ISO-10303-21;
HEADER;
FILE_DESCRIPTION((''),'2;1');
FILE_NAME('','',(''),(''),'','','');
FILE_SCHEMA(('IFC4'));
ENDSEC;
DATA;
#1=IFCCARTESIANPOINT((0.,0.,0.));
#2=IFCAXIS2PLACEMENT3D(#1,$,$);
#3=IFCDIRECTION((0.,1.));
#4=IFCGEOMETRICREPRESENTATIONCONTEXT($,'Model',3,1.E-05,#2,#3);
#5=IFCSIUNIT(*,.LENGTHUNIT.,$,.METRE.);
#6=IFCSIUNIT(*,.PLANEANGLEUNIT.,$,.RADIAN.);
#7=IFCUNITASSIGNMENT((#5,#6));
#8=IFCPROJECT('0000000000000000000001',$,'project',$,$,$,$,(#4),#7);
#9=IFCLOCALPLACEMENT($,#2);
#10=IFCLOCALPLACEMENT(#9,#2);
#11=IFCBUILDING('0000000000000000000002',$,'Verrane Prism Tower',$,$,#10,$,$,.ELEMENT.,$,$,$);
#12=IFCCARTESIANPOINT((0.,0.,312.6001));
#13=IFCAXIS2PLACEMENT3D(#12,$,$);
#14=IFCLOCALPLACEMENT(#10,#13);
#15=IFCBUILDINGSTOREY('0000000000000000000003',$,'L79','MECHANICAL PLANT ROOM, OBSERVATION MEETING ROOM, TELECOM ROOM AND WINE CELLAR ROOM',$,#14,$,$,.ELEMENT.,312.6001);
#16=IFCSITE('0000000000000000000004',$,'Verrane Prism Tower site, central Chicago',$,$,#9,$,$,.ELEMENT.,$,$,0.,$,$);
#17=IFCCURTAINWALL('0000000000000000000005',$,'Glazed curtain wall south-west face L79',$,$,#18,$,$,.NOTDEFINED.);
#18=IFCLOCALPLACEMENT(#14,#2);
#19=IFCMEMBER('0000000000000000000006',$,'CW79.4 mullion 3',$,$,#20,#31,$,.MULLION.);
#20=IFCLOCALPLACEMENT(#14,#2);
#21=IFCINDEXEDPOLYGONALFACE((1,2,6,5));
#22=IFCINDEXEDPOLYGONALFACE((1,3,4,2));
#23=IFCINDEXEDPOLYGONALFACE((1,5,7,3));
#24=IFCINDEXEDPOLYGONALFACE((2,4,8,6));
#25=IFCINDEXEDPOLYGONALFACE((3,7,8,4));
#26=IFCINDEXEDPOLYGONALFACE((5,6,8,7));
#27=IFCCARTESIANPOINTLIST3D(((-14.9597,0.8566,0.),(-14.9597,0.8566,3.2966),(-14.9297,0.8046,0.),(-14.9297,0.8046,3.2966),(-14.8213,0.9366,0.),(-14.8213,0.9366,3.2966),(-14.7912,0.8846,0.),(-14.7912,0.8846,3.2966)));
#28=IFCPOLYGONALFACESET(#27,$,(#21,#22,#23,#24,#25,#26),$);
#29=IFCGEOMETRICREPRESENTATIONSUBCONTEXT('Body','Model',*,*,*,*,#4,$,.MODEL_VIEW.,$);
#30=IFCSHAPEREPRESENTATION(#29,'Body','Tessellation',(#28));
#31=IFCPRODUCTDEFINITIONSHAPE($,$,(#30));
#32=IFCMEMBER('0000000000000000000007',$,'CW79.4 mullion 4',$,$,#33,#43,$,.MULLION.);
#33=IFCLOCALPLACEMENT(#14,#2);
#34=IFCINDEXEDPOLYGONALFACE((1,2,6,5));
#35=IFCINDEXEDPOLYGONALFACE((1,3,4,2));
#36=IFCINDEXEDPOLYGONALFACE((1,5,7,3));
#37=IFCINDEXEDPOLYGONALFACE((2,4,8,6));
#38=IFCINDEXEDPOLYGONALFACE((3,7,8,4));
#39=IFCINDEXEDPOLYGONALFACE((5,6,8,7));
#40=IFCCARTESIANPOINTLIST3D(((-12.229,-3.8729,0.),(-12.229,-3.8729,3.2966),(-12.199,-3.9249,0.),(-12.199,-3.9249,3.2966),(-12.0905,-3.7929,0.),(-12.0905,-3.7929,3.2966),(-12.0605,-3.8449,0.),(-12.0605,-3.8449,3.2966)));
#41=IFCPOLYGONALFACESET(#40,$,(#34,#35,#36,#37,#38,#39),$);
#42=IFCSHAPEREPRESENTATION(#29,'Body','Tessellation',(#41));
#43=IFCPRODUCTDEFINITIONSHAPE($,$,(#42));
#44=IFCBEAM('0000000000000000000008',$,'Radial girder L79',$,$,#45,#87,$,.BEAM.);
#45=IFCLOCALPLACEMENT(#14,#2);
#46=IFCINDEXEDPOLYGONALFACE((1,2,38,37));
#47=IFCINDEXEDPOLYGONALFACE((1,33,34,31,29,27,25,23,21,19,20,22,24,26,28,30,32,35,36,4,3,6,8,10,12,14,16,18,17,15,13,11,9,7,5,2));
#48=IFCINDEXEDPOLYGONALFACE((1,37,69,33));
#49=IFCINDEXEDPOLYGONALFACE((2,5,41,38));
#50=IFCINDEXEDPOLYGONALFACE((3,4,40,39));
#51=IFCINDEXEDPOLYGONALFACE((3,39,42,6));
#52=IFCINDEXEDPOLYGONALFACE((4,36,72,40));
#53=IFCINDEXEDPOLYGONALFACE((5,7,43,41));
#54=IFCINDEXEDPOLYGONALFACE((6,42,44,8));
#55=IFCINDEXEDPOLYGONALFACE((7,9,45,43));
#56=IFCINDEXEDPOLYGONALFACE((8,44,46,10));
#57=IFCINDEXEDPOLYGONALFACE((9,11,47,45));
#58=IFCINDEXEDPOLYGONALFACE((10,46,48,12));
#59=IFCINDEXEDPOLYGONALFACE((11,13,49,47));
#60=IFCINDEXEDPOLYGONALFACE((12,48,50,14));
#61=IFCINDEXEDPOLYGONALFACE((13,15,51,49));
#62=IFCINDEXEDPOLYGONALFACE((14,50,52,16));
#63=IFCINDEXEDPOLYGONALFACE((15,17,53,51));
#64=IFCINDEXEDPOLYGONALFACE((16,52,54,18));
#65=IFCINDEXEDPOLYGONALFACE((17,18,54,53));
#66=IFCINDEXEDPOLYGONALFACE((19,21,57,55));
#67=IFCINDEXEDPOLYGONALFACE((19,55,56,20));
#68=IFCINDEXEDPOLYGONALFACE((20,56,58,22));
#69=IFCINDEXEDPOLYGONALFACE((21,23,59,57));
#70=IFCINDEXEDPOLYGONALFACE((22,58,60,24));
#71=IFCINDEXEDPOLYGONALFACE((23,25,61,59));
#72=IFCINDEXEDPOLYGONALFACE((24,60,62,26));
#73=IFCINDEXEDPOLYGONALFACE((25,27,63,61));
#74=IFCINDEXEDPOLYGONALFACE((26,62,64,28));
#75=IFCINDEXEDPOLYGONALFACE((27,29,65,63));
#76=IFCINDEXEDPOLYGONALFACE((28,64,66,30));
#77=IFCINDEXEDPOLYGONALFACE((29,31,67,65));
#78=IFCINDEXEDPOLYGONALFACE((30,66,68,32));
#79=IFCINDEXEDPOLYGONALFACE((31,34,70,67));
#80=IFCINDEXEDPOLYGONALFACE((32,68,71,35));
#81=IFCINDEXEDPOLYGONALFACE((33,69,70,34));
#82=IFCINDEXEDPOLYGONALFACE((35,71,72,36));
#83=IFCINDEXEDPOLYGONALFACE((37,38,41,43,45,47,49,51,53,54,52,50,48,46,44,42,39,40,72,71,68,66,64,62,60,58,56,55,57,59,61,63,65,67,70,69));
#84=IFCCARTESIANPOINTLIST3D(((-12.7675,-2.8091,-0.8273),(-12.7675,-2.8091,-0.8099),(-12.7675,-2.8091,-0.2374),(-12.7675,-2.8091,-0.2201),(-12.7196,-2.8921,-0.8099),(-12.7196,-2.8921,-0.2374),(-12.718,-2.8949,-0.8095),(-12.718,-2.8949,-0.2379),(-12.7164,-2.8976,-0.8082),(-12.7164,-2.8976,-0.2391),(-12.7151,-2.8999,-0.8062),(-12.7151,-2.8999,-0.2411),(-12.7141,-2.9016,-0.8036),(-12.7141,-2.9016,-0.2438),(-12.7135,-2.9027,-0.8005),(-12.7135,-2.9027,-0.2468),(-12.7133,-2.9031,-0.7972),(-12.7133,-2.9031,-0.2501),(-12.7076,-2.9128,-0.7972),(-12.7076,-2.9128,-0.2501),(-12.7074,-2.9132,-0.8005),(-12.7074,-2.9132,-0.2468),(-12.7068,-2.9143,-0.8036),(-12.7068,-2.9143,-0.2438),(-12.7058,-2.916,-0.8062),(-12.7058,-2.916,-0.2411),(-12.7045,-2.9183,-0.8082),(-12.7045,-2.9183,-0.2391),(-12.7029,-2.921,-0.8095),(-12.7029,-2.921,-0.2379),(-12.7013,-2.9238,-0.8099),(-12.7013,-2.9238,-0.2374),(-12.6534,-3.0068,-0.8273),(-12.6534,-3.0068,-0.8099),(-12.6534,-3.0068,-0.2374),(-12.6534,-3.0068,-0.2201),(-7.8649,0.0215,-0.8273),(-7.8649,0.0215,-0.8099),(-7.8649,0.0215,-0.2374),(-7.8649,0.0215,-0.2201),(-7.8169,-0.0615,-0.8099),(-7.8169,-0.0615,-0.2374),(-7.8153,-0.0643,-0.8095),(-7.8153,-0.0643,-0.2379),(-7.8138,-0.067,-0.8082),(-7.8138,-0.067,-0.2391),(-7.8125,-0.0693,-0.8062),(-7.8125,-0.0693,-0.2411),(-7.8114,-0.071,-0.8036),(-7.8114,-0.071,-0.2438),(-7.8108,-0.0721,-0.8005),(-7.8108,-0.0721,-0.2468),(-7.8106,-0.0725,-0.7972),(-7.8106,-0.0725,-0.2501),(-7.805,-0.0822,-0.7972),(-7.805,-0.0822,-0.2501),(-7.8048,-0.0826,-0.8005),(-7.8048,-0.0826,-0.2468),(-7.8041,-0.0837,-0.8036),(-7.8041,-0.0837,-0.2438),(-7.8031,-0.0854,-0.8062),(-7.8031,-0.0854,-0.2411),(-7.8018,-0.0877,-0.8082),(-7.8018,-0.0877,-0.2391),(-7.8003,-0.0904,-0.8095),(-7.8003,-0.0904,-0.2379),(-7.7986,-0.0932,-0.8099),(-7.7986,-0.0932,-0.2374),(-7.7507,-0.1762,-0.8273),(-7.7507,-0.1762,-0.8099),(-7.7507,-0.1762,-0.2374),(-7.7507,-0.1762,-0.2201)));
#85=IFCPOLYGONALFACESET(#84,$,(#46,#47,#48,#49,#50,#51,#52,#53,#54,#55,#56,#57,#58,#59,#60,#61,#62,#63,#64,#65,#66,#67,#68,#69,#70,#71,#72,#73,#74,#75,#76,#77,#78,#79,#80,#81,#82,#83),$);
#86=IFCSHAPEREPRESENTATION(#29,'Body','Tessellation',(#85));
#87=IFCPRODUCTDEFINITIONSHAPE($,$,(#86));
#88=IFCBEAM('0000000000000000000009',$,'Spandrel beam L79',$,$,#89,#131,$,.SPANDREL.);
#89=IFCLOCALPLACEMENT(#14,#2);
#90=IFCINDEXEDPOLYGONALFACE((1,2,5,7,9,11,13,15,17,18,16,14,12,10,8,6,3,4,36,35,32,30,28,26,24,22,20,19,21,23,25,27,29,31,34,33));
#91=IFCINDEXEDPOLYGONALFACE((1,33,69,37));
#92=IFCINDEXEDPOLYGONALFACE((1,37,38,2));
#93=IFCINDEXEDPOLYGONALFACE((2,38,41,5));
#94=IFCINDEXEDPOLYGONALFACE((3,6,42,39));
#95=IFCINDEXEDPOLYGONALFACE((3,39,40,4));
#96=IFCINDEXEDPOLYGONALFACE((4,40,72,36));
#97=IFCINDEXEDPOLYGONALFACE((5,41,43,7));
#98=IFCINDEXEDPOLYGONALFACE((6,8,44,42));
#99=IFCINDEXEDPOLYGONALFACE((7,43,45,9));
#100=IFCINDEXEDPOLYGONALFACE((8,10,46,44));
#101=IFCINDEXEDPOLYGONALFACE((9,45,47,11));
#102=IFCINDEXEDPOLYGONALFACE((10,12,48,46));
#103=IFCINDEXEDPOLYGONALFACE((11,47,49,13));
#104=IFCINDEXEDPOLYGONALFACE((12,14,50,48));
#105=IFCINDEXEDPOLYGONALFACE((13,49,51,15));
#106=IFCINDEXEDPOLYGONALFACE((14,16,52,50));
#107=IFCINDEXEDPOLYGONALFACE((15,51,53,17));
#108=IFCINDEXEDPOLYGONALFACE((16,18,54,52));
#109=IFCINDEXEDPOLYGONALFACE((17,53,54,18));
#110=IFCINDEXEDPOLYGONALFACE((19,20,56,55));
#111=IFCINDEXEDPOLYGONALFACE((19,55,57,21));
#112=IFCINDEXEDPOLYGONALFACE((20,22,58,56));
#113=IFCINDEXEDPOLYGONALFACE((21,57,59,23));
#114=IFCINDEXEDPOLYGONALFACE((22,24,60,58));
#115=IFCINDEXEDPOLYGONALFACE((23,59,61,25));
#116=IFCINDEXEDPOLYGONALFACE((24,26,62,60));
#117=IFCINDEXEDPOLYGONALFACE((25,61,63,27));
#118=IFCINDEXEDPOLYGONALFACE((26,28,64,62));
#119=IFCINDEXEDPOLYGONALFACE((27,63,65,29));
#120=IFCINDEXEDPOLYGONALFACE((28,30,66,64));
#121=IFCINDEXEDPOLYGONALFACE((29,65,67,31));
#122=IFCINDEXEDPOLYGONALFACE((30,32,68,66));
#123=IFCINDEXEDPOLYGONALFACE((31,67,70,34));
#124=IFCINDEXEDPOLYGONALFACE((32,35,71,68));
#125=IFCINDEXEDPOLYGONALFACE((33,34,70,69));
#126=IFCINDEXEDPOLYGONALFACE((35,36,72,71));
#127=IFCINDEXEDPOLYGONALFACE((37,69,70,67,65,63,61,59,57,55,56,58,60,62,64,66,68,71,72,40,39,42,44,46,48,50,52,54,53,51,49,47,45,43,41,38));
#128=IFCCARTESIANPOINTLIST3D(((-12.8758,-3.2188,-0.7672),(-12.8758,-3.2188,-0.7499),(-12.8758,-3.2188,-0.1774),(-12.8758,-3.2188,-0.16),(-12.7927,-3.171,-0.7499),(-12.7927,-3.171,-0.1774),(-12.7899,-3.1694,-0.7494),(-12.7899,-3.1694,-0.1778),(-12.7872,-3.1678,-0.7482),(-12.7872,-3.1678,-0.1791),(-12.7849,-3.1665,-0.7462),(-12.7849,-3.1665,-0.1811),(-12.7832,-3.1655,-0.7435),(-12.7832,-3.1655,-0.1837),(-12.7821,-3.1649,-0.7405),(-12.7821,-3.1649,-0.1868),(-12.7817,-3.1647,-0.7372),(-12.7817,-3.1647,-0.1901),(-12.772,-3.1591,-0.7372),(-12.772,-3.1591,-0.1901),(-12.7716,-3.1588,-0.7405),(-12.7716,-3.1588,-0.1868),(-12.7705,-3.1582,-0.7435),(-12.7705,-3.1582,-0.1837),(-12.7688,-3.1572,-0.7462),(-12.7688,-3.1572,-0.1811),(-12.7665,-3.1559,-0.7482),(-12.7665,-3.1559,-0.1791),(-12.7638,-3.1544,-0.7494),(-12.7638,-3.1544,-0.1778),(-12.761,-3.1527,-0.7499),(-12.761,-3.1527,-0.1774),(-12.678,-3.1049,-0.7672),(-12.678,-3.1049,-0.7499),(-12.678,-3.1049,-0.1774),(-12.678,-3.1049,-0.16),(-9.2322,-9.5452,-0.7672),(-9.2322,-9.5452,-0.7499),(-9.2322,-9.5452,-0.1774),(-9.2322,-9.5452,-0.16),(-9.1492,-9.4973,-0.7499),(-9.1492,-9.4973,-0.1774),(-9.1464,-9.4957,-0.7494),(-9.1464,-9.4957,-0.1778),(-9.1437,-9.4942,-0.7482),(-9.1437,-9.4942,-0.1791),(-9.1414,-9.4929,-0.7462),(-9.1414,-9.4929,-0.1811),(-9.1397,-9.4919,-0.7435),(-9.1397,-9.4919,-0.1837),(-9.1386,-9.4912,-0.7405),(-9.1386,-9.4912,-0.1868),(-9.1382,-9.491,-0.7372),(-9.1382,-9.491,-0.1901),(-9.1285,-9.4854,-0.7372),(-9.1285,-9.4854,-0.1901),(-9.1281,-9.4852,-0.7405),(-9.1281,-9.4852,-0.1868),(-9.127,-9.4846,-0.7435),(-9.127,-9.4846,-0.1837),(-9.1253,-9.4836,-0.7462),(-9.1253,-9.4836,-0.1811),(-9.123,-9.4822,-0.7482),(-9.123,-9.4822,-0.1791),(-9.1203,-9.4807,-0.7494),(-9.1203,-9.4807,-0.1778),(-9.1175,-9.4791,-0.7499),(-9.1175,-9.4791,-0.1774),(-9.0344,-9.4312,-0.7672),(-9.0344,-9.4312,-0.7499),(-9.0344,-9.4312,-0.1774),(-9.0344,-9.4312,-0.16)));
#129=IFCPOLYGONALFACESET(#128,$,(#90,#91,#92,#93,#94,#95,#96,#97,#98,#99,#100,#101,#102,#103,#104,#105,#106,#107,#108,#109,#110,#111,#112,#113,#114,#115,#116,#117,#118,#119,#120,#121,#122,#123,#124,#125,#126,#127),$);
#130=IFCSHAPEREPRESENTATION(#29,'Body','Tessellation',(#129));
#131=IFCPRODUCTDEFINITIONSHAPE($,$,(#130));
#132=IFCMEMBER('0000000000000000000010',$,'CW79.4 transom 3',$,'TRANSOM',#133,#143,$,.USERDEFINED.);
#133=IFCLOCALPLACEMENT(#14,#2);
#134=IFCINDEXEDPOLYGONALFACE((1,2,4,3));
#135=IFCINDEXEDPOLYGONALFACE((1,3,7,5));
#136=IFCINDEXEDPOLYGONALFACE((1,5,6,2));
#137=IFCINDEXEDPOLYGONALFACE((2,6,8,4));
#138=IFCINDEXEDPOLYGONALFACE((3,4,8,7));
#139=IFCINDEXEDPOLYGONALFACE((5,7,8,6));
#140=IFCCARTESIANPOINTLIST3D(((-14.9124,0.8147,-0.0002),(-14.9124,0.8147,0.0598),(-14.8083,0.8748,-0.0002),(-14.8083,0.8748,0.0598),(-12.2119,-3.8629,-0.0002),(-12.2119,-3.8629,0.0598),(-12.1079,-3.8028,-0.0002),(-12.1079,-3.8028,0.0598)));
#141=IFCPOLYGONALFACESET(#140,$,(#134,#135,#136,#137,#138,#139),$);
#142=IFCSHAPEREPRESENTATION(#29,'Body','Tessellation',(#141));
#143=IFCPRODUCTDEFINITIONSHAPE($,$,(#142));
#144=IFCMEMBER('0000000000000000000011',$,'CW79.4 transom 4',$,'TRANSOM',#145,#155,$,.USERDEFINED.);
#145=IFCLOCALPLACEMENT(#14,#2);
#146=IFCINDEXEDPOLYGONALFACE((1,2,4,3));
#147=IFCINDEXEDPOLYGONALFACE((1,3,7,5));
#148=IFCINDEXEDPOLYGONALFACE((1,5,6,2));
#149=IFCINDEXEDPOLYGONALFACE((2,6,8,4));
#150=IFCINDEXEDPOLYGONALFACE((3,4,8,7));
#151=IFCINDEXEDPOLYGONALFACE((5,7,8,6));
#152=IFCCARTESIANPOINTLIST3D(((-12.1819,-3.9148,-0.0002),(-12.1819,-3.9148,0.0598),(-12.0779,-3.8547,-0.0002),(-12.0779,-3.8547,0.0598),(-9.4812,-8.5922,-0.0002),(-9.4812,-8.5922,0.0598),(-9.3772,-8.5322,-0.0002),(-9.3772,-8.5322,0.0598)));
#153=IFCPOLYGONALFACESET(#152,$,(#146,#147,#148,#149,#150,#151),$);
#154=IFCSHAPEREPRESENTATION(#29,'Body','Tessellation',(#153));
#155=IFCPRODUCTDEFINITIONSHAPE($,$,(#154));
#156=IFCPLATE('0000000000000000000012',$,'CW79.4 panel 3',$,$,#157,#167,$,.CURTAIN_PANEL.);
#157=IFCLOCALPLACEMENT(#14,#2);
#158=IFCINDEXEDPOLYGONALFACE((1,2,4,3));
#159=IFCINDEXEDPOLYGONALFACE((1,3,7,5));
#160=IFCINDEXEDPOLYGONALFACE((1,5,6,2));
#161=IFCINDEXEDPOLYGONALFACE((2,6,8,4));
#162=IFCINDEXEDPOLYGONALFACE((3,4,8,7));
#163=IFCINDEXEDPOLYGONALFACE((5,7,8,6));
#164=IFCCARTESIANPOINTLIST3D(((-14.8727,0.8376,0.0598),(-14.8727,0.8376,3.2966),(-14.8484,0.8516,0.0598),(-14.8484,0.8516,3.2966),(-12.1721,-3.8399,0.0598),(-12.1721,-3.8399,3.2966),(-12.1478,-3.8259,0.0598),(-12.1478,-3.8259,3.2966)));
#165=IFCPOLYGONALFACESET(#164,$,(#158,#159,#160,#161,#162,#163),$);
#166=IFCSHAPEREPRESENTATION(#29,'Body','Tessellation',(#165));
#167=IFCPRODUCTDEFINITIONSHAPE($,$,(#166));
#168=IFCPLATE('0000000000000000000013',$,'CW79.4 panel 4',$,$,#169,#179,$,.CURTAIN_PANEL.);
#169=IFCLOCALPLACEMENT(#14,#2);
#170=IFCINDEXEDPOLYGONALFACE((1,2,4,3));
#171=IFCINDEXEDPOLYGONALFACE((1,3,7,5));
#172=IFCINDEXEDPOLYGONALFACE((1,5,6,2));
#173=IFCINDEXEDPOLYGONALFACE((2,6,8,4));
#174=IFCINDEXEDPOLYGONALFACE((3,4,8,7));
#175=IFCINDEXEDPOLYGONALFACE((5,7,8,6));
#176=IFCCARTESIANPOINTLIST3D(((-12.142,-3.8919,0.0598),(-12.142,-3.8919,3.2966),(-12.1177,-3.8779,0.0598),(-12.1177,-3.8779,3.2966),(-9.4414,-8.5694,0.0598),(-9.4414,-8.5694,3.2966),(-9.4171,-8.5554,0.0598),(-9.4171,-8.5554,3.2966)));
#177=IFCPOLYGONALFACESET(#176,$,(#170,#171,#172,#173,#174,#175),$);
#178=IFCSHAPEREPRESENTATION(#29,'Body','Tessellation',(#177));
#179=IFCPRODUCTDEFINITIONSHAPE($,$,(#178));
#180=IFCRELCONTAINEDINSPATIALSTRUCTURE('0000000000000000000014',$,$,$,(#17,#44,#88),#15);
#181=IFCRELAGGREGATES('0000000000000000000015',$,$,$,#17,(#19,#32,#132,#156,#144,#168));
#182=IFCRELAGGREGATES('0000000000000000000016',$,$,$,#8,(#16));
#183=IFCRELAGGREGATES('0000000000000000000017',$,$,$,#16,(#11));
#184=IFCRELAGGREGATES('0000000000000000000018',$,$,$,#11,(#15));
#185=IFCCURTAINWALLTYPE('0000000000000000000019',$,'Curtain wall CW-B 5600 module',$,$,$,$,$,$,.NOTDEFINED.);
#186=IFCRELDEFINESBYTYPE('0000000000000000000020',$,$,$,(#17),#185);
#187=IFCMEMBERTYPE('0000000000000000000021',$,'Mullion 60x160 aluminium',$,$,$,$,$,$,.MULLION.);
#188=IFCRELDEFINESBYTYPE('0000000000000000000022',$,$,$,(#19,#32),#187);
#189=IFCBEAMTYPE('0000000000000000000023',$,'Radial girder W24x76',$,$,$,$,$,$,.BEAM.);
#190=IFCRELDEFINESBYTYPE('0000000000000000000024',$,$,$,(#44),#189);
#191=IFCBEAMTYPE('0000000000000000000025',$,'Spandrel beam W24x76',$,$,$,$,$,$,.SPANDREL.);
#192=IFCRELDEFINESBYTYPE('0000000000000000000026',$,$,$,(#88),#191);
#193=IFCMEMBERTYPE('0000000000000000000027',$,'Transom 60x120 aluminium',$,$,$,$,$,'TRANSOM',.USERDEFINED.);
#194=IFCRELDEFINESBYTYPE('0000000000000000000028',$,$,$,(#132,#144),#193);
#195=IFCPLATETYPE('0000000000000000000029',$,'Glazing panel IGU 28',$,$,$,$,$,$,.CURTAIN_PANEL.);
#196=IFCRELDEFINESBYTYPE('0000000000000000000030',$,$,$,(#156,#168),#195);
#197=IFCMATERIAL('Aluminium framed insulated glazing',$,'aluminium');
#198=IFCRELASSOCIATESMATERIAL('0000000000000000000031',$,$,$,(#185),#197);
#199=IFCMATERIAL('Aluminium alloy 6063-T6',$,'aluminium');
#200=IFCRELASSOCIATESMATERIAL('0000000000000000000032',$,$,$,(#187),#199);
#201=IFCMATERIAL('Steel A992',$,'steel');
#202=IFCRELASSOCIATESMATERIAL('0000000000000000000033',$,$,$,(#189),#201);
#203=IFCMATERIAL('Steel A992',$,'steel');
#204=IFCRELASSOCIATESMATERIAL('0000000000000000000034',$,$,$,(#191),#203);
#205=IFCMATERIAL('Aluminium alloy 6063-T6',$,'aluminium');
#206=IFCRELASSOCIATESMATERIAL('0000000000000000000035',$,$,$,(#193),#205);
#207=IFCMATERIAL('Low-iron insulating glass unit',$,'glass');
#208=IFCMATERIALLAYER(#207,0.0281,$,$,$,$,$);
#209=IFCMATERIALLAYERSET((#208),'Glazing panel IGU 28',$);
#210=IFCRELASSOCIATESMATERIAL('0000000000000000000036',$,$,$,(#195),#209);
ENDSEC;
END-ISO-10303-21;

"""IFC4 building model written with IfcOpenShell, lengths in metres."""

from ifc_helpers import new_model, si_unit, direction, frame, origin, origin_2d, place, context, subcontext, project, spatial, rectangle, i_section, extrude, material, layer, layer_set, material_profile, profile_set, type_object, element, aggregate, save


model = new_model("IFC4")

# Units and contexts
model_context = context("Model", 3, precision=1e-05, world=origin(), true_north=direction((0.0, 1.0)))
body_context = subcontext(model_context, "Body", "Model", "MODEL_VIEW")
ifc_project = project(units=[si_unit("LENGTHUNIT", "METRE"), si_unit("PLANEANGLEUNIT", "RADIAN")], contexts=[model_context])

# Site, building, storey
site_placement = place(None, origin())
site = spatial("IfcSite", under=ifc_project, at=site_placement, Name="Verrane Prism Tower site, central Chicago", CompositionType="ELEMENT", RefElevation=0.0)
building_placement = place(site_placement, origin())
building = spatial("IfcBuilding", under=site, at=building_placement, Name="Verrane Prism Tower", CompositionType="ELEMENT")
storey_placement = place(building_placement, frame((0.0, 0.0, 312.6001)))
storey = spatial("IfcBuildingStorey", under=building, at=storey_placement, Name="L79", Description="MECHANICAL PLANT ROOM, OBSERVATION MEETING ROOM, TELECOM ROOM AND WINE CELLAR ROOM", CompositionType="ELEMENT", Elevation=312.6001)

# Curtain wall, members
ifc_material_1 = material(Name="Aluminium framed insulated glazing", Category="aluminium")
curtain_wall_type = type_object("IfcCurtainWallType", Name="Curtain wall CW-B 5600 module", PredefinedType="NOTDEFINED", material=ifc_material_1)
curtain_wall_placement = place(storey_placement, origin())
curtain_wall = element("IfcCurtainWall", 1, at=curtain_wall_placement, inside=storey, type_object=curtain_wall_type, Name="Glazed curtain wall south-west face L79", PredefinedType="NOTDEFINED")
ifc_material_2 = material(Name="Aluminium alloy 6063-T6", Category="aluminium")
ifc_material_profile_1 = material_profile(ifc_material_2, rectangle(XDim=0.1599, YDim=0.0601, at=origin_2d()), Name="Mullion 60x160 aluminium")
ifc_profile_set_1 = profile_set([ifc_material_profile_1], Name="Aluminium alloy 6063-T6")
member_type_1 = type_object("IfcMemberType", Name="Mullion 60x160 aluminium", PredefinedType="MULLION", material=ifc_profile_set_1)
member_1_placement = place(storey_placement, frame((-14.8755, 0.8706, 0.0), z_axis=(0.0, 0.0, 1.0), x_axis=(0.866025, 0.5, 0.0)))
member_1 = element("IfcMember", 2, at=member_1_placement, type_object=member_type_1, Name="CW79.4 mullion 3", PredefinedType="MULLION", context=body_context, shape_type="SweptSolid", body=[
    extrude(rectangle(XDim=0.1599, YDim=0.0601, at=origin_2d()), origin(), (0.0, 0.0, 1.0), 3.2966),
])
member_2_placement = place(storey_placement, frame((-12.1448, -3.8589, 0.0), z_axis=(0.0, 0.0, 1.0), x_axis=(0.866025, 0.5, 0.0)))
member_2 = element("IfcMember", 3, at=member_2_placement, type_object=member_type_1, Name="CW79.4 mullion 4", PredefinedType="MULLION", context=body_context, shape_type="SweptSolid", body=[
    extrude(rectangle(XDim=0.1599, YDim=0.0601, at=origin_2d()), origin(), (0.0, 0.0, 1.0), 3.2966),
])

# Beams
ifc_material_3 = material(Name="Steel A992", Category="steel")
ifc_material_profile_2 = material_profile(ifc_material_3, i_section(OverallWidth=0.2283, OverallDepth=0.6072, WebThickness=0.0112, FlangeThickness=0.0173, FilletRadius=0.0127, at=origin_2d()), Name="W24x76")
ifc_profile_set_2 = profile_set([ifc_material_profile_2], Name="Steel A992")
beam_type_1 = type_object("IfcBeamType", Name="Radial girder W24x76", PredefinedType="BEAM", material=ifc_profile_set_2)
beam_1_placement = place(storey_placement, frame((-12.7104, -2.908, -0.5237), z_axis=(0.866021, 0.500007, 0.0), x_axis=(-0.500007, 0.866021, 0.0)))
element("IfcBeam", 4, at=beam_1_placement, inside=storey, type_object=beam_type_1, Name="Radial girder L79", PredefinedType="BEAM", context=body_context, shape_type="SweptSolid", body=[
    extrude(i_section(OverallWidth=0.2283, OverallDepth=0.6072, WebThickness=0.0112, FlangeThickness=0.0173, FilletRadius=0.0127, at=origin_2d()), origin(), (0.0, 0.0, 1.0), 5.6611),
])
ifc_material_4 = material(Name="Steel A992", Category="steel")
ifc_material_profile_3 = material_profile(ifc_material_4, i_section(OverallWidth=0.2283, OverallDepth=0.6072, WebThickness=0.0112, FlangeThickness=0.0173, FilletRadius=0.0127, at=origin_2d()), Name="W24x76")
ifc_profile_set_3 = profile_set([ifc_material_profile_3], Name="Steel A992")
beam_type_2 = type_object("IfcBeamType", Name="Spandrel beam W24x76", PredefinedType="SPANDREL", material=ifc_profile_set_3)
beam_2_placement = place(storey_placement, frame((-12.7769, -3.1619, -0.4636), z_axis=(0.499075, -0.866559, 0.0), x_axis=(0.866559, 0.499075, 0.0)))
element("IfcBeam", 5, at=beam_2_placement, inside=storey, type_object=beam_type_2, Name="Spandrel beam L79", PredefinedType="SPANDREL", context=body_context, shape_type="SweptSolid", body=[
    extrude(i_section(OverallWidth=0.2283, OverallDepth=0.6072, WebThickness=0.0112, FlangeThickness=0.0173, FilletRadius=0.0127, at=origin_2d()), origin(), (0.0, 0.0, 1.0), 7.3005),
])

# Members
ifc_material_5 = material(Name="Aluminium alloy 6063-T6", Category="aluminium")
ifc_material_profile_4 = material_profile(ifc_material_5, rectangle(XDim=0.1201, YDim=0.0601, at=origin_2d()), Name="Transom 60x120 aluminium")
ifc_profile_set_4 = profile_set([ifc_material_profile_4], Name="Aluminium alloy 6063-T6")
member_type_2 = type_object("IfcMemberType", Name="Transom 60x120 aluminium", ElementType="TRANSOM", PredefinedType="USERDEFINED", material=ifc_profile_set_4)
member_3_placement = place(storey_placement, frame((-14.8604, 0.8447, 0.0298), z_axis=(0.499985, -0.866034, 0.0), x_axis=(0.866034, 0.499985, 0.0)))
member_3 = element("IfcMember", 6, at=member_3_placement, type_object=member_type_2, Name="CW79.4 transom 3", ObjectType="TRANSOM", PredefinedType="USERDEFINED", context=body_context, shape_type="SweptSolid", body=[
    extrude(rectangle(XDim=0.1201, YDim=0.0601, at=origin_2d()), origin(), (0.0, 0.0, 1.0), 5.4011),
])
member_4_placement = place(storey_placement, frame((-12.1299, -3.8848, 0.0298), z_axis=(0.500019, -0.866015, 0.0), x_axis=(0.866015, 0.500019, 0.0)))
member_4 = element("IfcMember", 7, at=member_4_placement, type_object=member_type_2, Name="CW79.4 transom 4", ObjectType="TRANSOM", PredefinedType="USERDEFINED", context=body_context, shape_type="SweptSolid", body=[
    extrude(rectangle(XDim=0.1201, YDim=0.0601, at=origin_2d()), origin(), (0.0, 0.0, 1.0), 5.4011),
])

# Plates
ifc_material_6 = material(Name="Low-iron insulating glass unit", Category="glass")
ifc_layer_1 = layer(ifc_material_6, 0.0281)
ifc_layer_set_1 = layer_set([ifc_layer_1], Name="Glazing panel IGU 28")
plate_type = type_object("IfcPlateType", Name="Glazing panel IGU 28", PredefinedType="CURTAIN_PANEL", material=ifc_layer_set_1)
plate_1_placement = place(storey_placement, frame((-13.5103, -1.4941, 0.0598), z_axis=(0.0, 0.0, 1.0), x_axis=(0.5, -0.866025, 0.0)))
plate_1 = element("IfcPlate", 8, at=plate_1_placement, type_object=plate_type, Name="CW79.4 panel 3", PredefinedType="CURTAIN_PANEL", context=body_context, shape_type="SweptSolid", body=[
    extrude(rectangle(XDim=5.4011, YDim=0.0281, at=origin_2d()), origin(), (0.0, 0.0, 1.0), 3.2368),
])
plate_2_placement = place(storey_placement, frame((-10.7795, -6.2236, 0.0598), z_axis=(0.0, 0.0, 1.0), x_axis=(0.5, -0.866025, 0.0)))
plate_2 = element("IfcPlate", 9, at=plate_2_placement, type_object=plate_type, Name="CW79.4 panel 4", PredefinedType="CURTAIN_PANEL", context=body_context, shape_type="SweptSolid", body=[
    extrude(rectangle(XDim=5.4011, YDim=0.0281, at=origin_2d()), origin(), (0.0, 0.0, 1.0), 3.2368),
])
aggregate(curtain_wall, [member_1, member_2, member_3, plate_1, member_4, plate_2])

save(model, "model.ifc")
